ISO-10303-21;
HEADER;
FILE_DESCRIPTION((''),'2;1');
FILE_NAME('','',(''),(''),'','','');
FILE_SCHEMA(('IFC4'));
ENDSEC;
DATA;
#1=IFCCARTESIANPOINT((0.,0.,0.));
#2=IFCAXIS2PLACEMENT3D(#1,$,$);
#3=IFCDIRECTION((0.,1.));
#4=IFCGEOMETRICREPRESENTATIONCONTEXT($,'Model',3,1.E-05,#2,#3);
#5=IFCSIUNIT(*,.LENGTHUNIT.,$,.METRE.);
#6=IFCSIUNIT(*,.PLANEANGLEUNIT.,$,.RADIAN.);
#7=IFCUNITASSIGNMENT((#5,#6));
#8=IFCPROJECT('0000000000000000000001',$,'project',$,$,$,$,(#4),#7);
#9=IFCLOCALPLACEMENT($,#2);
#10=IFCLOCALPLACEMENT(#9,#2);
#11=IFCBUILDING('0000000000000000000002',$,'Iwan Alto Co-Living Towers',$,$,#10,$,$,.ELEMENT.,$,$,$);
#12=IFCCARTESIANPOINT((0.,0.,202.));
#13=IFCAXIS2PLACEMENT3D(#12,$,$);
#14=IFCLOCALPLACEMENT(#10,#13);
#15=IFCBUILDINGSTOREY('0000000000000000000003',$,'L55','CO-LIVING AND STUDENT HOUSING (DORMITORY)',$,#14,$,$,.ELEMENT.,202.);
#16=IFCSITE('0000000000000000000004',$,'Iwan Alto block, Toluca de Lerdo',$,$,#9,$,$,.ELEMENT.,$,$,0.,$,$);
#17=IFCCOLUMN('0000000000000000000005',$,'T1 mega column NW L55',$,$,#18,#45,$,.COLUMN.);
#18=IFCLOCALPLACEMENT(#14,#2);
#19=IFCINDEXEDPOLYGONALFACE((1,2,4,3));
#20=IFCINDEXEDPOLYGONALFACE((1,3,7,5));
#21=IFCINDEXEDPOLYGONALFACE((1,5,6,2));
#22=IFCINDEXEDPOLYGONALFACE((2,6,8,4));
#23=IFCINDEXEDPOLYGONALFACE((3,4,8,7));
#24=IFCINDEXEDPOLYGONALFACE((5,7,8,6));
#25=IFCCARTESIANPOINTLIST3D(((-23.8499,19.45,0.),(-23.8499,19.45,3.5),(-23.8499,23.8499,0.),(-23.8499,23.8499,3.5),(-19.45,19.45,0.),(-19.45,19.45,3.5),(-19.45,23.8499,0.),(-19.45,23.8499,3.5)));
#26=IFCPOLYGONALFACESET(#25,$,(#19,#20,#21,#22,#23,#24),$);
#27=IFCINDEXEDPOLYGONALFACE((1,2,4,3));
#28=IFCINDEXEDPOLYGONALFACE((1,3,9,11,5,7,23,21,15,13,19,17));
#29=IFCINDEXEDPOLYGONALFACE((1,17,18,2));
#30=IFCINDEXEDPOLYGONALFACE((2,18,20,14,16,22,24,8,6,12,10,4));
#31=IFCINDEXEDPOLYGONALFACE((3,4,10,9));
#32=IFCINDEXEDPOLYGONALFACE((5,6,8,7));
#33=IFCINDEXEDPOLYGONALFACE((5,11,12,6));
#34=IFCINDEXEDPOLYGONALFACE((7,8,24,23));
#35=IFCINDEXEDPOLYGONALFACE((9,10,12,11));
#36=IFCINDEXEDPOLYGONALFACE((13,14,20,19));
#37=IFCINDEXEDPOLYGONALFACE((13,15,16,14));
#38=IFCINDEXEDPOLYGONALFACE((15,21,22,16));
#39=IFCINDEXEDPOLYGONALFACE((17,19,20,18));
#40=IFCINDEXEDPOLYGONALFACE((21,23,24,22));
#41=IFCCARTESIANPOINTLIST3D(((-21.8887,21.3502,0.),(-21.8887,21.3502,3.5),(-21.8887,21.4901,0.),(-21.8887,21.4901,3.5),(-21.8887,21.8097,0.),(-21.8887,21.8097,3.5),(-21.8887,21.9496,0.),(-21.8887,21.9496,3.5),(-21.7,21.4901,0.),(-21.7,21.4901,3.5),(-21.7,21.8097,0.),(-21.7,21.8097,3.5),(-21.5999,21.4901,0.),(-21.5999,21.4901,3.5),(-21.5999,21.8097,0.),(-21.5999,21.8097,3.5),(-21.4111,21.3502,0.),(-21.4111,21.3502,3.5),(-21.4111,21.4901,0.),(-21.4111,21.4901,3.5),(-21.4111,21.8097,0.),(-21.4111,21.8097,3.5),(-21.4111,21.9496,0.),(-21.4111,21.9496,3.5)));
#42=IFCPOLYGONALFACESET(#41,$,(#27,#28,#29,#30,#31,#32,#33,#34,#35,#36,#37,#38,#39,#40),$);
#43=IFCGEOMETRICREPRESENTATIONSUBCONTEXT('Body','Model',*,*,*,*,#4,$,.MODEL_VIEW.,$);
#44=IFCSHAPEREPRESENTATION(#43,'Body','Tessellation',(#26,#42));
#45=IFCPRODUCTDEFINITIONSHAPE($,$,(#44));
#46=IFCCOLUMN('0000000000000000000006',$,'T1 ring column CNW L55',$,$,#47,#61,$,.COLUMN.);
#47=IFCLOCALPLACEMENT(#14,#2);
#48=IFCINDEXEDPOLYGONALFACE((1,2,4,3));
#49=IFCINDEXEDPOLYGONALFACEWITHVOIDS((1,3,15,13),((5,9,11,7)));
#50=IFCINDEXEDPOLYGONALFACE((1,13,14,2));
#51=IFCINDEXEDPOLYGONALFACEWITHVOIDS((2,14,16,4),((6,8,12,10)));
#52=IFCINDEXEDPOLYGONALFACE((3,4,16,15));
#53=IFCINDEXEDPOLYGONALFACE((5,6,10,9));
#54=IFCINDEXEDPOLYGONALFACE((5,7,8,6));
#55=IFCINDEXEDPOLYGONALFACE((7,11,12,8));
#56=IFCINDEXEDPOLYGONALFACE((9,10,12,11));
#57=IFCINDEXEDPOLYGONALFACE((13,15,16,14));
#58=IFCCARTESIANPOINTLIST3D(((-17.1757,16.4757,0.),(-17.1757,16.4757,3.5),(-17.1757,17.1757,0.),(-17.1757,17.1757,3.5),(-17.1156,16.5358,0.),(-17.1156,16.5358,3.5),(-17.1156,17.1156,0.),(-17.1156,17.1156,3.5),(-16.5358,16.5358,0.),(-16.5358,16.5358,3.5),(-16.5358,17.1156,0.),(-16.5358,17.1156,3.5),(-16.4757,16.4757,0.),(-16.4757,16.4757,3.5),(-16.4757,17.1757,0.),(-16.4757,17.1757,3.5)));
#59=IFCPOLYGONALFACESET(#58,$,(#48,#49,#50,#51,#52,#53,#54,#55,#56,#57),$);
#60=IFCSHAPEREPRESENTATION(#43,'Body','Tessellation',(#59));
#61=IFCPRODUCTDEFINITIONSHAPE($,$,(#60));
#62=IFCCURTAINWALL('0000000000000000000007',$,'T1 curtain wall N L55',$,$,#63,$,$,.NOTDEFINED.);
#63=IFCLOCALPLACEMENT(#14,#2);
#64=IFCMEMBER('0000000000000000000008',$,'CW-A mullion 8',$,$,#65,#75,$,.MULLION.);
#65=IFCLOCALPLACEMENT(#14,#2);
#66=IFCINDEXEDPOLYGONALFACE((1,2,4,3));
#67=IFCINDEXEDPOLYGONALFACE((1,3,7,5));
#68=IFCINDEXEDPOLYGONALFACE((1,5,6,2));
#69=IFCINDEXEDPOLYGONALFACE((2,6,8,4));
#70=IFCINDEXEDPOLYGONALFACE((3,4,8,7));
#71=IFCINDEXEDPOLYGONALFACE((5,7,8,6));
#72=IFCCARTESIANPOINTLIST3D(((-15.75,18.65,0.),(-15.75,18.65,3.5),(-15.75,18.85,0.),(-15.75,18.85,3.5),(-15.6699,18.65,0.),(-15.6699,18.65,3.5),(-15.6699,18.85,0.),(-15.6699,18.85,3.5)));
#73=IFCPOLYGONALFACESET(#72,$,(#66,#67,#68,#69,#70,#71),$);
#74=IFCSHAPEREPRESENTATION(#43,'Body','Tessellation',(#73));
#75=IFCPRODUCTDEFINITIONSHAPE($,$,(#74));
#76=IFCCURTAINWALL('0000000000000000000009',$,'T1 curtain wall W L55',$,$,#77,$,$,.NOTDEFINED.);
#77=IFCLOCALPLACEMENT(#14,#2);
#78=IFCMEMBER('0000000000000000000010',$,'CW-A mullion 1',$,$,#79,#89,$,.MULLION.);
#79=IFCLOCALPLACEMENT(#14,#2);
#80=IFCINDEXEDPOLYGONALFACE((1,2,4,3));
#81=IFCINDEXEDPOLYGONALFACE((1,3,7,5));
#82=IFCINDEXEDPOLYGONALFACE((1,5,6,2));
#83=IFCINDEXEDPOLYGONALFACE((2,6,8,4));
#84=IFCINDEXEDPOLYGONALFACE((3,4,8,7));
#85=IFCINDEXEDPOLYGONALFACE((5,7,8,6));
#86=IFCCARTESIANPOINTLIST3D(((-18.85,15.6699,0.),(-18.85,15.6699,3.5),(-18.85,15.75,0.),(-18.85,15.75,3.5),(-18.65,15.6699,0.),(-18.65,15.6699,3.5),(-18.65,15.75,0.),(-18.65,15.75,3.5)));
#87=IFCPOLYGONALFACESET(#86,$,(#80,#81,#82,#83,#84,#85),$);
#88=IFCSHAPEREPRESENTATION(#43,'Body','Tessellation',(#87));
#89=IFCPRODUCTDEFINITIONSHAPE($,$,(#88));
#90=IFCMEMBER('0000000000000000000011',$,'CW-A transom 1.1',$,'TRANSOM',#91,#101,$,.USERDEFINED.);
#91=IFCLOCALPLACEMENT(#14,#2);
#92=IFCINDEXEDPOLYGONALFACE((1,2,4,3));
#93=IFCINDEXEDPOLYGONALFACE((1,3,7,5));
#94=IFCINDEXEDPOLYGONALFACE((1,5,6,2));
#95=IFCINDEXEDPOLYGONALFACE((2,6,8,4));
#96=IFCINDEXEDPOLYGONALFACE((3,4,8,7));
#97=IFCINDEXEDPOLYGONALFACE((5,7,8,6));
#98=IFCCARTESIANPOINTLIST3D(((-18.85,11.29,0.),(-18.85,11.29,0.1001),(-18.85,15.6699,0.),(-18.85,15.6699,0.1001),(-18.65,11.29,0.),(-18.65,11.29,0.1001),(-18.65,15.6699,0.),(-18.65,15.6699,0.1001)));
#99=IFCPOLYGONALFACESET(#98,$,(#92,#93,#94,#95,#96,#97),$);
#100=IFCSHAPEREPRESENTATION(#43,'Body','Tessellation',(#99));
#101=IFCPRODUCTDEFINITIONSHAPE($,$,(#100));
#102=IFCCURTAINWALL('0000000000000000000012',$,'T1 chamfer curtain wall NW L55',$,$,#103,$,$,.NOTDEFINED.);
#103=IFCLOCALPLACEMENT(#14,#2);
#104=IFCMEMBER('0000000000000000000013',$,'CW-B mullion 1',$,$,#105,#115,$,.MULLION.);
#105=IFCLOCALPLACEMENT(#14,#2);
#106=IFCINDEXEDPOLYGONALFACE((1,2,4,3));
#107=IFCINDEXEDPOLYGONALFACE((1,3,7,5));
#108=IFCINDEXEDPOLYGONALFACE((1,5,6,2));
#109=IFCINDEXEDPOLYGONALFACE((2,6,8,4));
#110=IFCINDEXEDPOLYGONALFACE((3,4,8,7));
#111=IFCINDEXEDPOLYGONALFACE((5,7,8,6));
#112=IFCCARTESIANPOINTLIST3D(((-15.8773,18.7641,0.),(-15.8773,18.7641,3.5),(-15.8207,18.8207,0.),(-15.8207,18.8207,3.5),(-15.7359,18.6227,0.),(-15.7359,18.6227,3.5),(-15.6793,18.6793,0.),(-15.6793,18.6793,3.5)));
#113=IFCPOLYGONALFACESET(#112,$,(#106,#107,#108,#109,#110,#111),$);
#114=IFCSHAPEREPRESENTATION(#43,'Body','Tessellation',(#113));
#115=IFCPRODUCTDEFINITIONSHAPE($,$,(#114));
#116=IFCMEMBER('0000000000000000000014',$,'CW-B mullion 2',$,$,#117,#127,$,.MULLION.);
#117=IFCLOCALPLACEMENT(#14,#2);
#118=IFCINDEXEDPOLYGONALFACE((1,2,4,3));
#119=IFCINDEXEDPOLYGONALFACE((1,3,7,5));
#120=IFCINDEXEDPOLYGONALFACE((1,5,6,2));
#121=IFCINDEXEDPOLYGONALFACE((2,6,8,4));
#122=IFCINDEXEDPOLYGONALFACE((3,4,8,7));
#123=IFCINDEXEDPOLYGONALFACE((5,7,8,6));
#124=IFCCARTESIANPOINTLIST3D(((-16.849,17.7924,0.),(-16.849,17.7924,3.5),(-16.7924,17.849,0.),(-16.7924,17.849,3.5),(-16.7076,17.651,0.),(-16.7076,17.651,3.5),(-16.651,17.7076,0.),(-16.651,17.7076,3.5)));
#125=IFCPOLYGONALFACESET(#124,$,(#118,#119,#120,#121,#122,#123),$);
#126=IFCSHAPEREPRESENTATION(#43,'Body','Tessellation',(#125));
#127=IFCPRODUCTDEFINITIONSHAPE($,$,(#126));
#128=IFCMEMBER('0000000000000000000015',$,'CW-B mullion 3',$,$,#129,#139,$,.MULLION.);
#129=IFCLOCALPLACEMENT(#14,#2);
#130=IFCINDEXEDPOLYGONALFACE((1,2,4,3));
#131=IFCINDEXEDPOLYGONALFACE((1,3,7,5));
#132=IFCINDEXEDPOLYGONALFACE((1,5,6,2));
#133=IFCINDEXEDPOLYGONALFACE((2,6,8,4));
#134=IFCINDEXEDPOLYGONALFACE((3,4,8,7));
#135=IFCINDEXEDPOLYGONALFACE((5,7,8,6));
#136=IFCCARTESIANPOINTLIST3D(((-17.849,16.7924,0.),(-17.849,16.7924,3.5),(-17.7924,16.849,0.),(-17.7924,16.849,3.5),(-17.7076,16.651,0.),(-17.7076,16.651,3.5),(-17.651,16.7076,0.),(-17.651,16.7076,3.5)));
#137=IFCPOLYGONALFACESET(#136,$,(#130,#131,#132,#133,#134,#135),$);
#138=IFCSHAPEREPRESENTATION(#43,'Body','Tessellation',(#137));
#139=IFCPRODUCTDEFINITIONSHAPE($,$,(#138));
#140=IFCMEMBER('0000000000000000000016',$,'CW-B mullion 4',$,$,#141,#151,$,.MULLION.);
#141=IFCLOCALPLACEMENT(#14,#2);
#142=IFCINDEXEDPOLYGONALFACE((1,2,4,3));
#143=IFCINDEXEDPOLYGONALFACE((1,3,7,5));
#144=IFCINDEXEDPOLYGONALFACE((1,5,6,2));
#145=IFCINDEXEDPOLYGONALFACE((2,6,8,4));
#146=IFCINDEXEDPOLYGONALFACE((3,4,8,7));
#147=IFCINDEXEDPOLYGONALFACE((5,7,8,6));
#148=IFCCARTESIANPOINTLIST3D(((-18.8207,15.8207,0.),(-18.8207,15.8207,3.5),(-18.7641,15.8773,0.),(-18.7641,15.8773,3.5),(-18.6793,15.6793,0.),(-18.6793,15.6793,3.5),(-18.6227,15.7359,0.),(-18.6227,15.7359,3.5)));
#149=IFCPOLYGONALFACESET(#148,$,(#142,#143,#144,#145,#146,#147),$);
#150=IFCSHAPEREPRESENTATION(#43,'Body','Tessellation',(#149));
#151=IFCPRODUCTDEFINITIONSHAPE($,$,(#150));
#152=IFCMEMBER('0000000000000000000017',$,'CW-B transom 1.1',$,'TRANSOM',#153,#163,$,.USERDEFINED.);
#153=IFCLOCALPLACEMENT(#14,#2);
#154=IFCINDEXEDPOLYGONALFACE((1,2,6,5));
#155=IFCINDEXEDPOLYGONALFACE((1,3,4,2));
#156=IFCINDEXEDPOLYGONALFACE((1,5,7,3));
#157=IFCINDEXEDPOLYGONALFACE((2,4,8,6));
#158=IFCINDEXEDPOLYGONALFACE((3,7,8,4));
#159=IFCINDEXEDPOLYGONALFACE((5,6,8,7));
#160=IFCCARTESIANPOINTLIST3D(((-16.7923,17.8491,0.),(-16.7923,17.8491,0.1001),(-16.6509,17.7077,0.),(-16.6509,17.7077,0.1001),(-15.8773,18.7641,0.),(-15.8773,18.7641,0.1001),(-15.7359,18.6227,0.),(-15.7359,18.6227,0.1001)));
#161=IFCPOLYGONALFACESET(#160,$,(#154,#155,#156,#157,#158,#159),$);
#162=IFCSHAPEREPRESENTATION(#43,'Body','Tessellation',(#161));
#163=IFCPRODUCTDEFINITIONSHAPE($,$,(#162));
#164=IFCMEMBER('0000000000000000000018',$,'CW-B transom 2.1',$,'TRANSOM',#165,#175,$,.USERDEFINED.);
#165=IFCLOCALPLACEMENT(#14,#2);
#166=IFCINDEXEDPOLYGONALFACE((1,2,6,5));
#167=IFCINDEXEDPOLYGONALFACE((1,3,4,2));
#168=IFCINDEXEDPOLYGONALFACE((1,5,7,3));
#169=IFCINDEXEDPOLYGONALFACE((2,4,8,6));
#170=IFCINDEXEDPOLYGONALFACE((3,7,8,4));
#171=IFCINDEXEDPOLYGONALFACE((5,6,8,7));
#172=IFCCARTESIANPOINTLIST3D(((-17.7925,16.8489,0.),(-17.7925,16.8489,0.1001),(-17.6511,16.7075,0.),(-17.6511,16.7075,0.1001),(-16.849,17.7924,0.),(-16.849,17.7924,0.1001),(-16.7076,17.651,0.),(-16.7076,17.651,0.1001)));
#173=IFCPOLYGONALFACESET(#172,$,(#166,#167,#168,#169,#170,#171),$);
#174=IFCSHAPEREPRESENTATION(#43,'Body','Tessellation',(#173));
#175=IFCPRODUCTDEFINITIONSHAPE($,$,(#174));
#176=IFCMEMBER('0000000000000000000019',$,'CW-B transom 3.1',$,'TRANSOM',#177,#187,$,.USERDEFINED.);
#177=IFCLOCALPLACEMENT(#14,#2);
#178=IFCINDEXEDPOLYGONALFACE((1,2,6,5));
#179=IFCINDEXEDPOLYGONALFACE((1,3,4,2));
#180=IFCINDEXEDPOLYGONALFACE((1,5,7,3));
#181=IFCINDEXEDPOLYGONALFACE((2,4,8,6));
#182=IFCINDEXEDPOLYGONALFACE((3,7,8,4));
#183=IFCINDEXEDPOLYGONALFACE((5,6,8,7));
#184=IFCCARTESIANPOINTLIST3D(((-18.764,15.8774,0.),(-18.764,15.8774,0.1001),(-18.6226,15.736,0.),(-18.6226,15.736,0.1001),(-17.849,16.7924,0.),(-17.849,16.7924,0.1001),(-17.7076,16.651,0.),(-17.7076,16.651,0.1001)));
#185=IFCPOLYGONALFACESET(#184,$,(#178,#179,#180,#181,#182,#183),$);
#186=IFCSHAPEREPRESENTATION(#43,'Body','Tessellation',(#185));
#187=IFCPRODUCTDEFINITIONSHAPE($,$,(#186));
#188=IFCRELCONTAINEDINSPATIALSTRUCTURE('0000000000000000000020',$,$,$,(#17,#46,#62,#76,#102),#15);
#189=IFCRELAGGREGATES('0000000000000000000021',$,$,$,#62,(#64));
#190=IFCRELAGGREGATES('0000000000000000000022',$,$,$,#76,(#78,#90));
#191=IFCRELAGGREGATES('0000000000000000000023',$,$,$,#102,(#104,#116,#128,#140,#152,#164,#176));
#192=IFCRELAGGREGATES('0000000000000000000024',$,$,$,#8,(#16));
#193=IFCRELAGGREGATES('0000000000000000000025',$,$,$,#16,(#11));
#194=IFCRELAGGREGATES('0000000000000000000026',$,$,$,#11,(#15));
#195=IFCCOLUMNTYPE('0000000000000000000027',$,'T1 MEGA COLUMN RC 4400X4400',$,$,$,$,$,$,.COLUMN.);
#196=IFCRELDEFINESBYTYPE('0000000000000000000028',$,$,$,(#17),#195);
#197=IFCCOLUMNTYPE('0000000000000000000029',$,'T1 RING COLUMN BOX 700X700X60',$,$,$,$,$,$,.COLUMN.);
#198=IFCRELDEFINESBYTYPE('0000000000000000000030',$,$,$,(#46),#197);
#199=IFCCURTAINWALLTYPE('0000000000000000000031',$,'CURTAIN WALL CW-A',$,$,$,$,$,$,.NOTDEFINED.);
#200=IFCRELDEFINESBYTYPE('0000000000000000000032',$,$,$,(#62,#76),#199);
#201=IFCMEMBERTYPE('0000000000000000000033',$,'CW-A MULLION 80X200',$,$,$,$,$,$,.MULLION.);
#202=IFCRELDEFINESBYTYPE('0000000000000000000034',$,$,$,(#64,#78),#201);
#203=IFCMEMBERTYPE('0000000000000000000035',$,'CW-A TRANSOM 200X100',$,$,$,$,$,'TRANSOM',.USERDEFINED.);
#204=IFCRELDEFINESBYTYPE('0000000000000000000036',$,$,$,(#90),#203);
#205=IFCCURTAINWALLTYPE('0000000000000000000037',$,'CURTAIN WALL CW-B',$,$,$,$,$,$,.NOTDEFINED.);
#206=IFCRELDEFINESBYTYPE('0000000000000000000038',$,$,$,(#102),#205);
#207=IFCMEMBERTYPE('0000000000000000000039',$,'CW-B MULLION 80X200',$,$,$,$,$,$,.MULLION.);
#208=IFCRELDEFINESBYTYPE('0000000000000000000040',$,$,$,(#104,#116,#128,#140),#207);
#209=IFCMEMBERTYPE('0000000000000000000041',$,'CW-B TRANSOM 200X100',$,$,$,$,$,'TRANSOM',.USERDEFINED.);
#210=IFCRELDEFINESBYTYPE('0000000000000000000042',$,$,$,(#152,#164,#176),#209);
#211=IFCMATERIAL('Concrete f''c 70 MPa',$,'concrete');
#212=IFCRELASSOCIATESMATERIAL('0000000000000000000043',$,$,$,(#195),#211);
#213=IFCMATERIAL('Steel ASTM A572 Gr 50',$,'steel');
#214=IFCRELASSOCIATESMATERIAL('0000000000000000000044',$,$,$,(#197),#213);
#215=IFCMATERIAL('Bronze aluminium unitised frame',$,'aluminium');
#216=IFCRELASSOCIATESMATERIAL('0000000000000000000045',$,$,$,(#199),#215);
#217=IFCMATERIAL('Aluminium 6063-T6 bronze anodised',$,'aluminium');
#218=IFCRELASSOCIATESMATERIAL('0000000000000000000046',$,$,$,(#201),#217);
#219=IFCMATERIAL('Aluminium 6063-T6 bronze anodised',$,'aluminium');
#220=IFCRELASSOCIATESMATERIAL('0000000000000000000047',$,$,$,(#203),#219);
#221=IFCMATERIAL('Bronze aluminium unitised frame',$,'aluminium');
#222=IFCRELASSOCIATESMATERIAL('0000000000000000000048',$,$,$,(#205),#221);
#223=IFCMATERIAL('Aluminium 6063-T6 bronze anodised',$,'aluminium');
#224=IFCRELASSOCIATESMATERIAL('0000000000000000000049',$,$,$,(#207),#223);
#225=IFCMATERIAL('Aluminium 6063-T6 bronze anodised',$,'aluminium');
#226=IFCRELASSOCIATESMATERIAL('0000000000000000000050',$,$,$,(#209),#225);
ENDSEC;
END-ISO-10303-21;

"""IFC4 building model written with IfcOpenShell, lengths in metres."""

from ifc_helpers import new_model, si_unit, direction, frame, origin, origin_2d, place, context, subcontext, project, spatial, rectangle, hollow_rectangle, i_section, extrude, material, material_profile, profile_set, type_object, element, aggregate, save


model = new_model("IFC4")

# Units and contexts
model_context = context("Model", 3, precision=1e-05, world=origin(), true_north=direction((0.0, 1.0)))
body_context = subcontext(model_context, "Body", "Model", "MODEL_VIEW")
ifc_project = project(units=[si_unit("LENGTHUNIT", "METRE"), si_unit("PLANEANGLEUNIT", "RADIAN")], contexts=[model_context])

# Site, building, storey
site_placement = place(None, origin())
site = spatial("IfcSite", under=ifc_project, at=site_placement, Name="Iwan Alto block, Toluca de Lerdo", CompositionType="ELEMENT", RefElevation=0.0)
building_placement = place(site_placement, origin())
building = spatial("IfcBuilding", under=site, at=building_placement, Name="Iwan Alto Co-Living Towers", CompositionType="ELEMENT")
storey_placement = place(building_placement, frame((0.0, 0.0, 202.0)))
storey = spatial("IfcBuildingStorey", under=building, at=storey_placement, Name="L55", Description="CO-LIVING AND STUDENT HOUSING (DORMITORY)", CompositionType="ELEMENT", Elevation=202.0)

# Columns
ifc_material_1 = material(Name="Concrete f'c 70 MPa", Category="concrete")
ifc_material_profile_1 = material_profile(ifc_material_1, rectangle(XDim=4.3999, YDim=4.3999, at=origin_2d()), Name="RC 4400X4400")
ifc_profile_set_1 = profile_set([ifc_material_profile_1], Name="Concrete f'c 70 MPa")
column_type_1 = type_object("IfcColumnType", Name="T1 MEGA COLUMN RC 4400X4400", PredefinedType="COLUMN", material=ifc_profile_set_1)
column_1_placement = place(storey_placement, frame((-21.6499, 21.6499, 0.0), z_axis=(0.0, 0.0, 1.0), x_axis=(1.0, 0.0, 0.0)))
element("IfcColumn", 1, at=column_1_placement, inside=storey, type_object=column_type_1, Name="T1 mega column NW L55", PredefinedType="COLUMN", context=body_context, shape_type="SweptSolid", body=[
    extrude(rectangle(XDim=4.3999, YDim=4.3999, at=origin_2d()), origin(), (0.0, 0.0, 1.0), 3.5),
    extrude(i_section(OverallWidth=0.4775, OverallDepth=0.5994, WebThickness=0.1001, FlangeThickness=0.1399, at=origin_2d()), origin(), (0.0, 0.0, 1.0), 3.5),
])
ifc_material_2 = material(Name="Steel ASTM A572 Gr 50", Category="steel")
ifc_material_profile_2 = material_profile(ifc_material_2, hollow_rectangle(XDim=0.7, YDim=0.7, WallThickness=0.0601, at=origin_2d()), Name="BOX 700X700X60")
ifc_profile_set_2 = profile_set([ifc_material_profile_2], Name="Steel ASTM A572 Gr 50")
column_type_2 = type_object("IfcColumnType", Name="T1 RING COLUMN BOX 700X700X60", PredefinedType="COLUMN", material=ifc_profile_set_2)
column_2_placement = place(storey_placement, frame((-16.8257, 16.8257, 0.0), z_axis=(0.0, 0.0, 1.0), x_axis=(1.0, 0.0, 0.0)))
element("IfcColumn", 2, at=column_2_placement, inside=storey, type_object=column_type_2, Name="T1 ring column CNW L55", PredefinedType="COLUMN", context=body_context, shape_type="SweptSolid", body=[
    extrude(hollow_rectangle(XDim=0.7, YDim=0.7, WallThickness=0.0601, at=origin_2d()), origin(), (0.0, 0.0, 1.0), 3.5),
])

# Curtain wall, member
ifc_material_3 = material(Name="Bronze aluminium unitised frame", Category="aluminium")
curtain_wall_type_1 = type_object("IfcCurtainWallType", Name="CURTAIN WALL CW-A", PredefinedType="NOTDEFINED", material=ifc_material_3)
curtain_wall_1_placement = place(storey_placement, origin())
curtain_wall_1 = element("IfcCurtainWall", 3, at=curtain_wall_1_placement, inside=storey, type_object=curtain_wall_type_1, Name="T1 curtain wall N L55", PredefinedType="NOTDEFINED")
ifc_material_4 = material(Name="Aluminium 6063-T6 bronze anodised", Category="aluminium")
ifc_material_profile_3 = material_profile(ifc_material_4, rectangle(XDim=0.2, YDim=0.0801, at=origin_2d()), Name="AL 80X200")
ifc_profile_set_3 = profile_set([ifc_material_profile_3], Name="Aluminium 6063-T6 bronze anodised")
member_type_1 = type_object("IfcMemberType", Name="CW-A MULLION 80X200", PredefinedType="MULLION", material=ifc_profile_set_3)
member_1_placement = place(storey_placement, frame((-15.71, 18.75, 0.0), z_axis=(0.0, 0.0, 1.0), x_axis=(0.0, -1.0, 0.0)))
member_1 = element("IfcMember", 4, at=member_1_placement, type_object=member_type_1, Name="CW-A mullion 8", PredefinedType="MULLION", context=body_context, shape_type="SweptSolid", body=[
    extrude(rectangle(XDim=0.2, YDim=0.0801, at=origin_2d()), origin(), (0.0, 0.0, 1.0), 3.5),
])
aggregate(curtain_wall_1, [member_1])

# Curtain walls, members
curtain_wall_2_placement = place(storey_placement, origin())
curtain_wall_2 = element("IfcCurtainWall", 5, at=curtain_wall_2_placement, inside=storey, type_object=curtain_wall_type_1, Name="T1 curtain wall W L55", PredefinedType="NOTDEFINED")
member_2_placement = place(storey_placement, frame((-18.75, 15.71, 0.0), z_axis=(0.0, 0.0, 1.0), x_axis=(1.0, 0.0, 0.0)))
member_2 = element("IfcMember", 6, at=member_2_placement, type_object=member_type_1, Name="CW-A mullion 1", PredefinedType="MULLION", context=body_context, shape_type="SweptSolid", body=[
    extrude(rectangle(XDim=0.2, YDim=0.0801, at=origin_2d()), origin(), (0.0, 0.0, 1.0), 3.5),
])
ifc_material_5 = material(Name="Aluminium 6063-T6 bronze anodised", Category="aluminium")
ifc_material_profile_4 = material_profile(ifc_material_5, rectangle(XDim=0.2, YDim=0.1001, at=origin_2d()), Name="AL 200X100")
ifc_profile_set_4 = profile_set([ifc_material_profile_4], Name="Aluminium 6063-T6 bronze anodised")
member_type_2 = type_object("IfcMemberType", Name="CW-A TRANSOM 200X100", ElementType="TRANSOM", PredefinedType="USERDEFINED", material=ifc_profile_set_4)
member_3_placement = place(storey_placement, frame((-18.75, 15.6699, 0.05), z_axis=(0.0, -1.0, 0.0), x_axis=(1.0, 0.0, 0.0)))
member_3 = element("IfcMember", 7, at=member_3_placement, type_object=member_type_2, Name="CW-A transom 1.1", ObjectType="TRANSOM", PredefinedType="USERDEFINED", context=body_context, shape_type="SweptSolid", body=[
    extrude(rectangle(XDim=0.2, YDim=0.1001, at=origin_2d()), origin(), (0.0, 0.0, 1.0), 4.3799),
])
ifc_material_6 = material(Name="Bronze aluminium unitised frame", Category="aluminium")
curtain_wall_type_2 = type_object("IfcCurtainWallType", Name="CURTAIN WALL CW-B", PredefinedType="NOTDEFINED", material=ifc_material_6)
curtain_wall_3_placement = place(storey_placement, origin())
curtain_wall_3 = element("IfcCurtainWall", 8, at=curtain_wall_3_placement, inside=storey, type_object=curtain_wall_type_2, Name="T1 chamfer curtain wall NW L55", PredefinedType="NOTDEFINED")
ifc_material_7 = material(Name="Aluminium 6063-T6 bronze anodised", Category="aluminium")
ifc_material_profile_5 = material_profile(ifc_material_7, rectangle(XDim=0.2, YDim=0.0801, at=origin_2d()), Name="AL 80X200")
ifc_profile_set_5 = profile_set([ifc_material_profile_5], Name="Aluminium 6063-T6 bronze anodised")
member_type_3 = type_object("IfcMemberType", Name="CW-B MULLION 80X200", PredefinedType="MULLION", material=ifc_profile_set_5)
member_4_placement = place(storey_placement, frame((-15.7783, 18.7217, 0.0), z_axis=(0.0, 0.0, 1.0), x_axis=(0.707107, -0.707107, 0.0)))
member_4 = element("IfcMember", 9, at=member_4_placement, type_object=member_type_3, Name="CW-B mullion 1", PredefinedType="MULLION", context=body_context, shape_type="SweptSolid", body=[
    extrude(rectangle(XDim=0.2, YDim=0.0801, at=origin_2d()), origin(), (0.0, 0.0, 1.0), 3.5),
])
member_5_placement = place(storey_placement, frame((-16.75, 17.75, 0.0), z_axis=(0.0, 0.0, 1.0), x_axis=(0.707107, -0.707107, 0.0)))
member_5 = element("IfcMember", 10, at=member_5_placement, type_object=member_type_3, Name="CW-B mullion 2", PredefinedType="MULLION", context=body_context, shape_type="SweptSolid", body=[
    extrude(rectangle(XDim=0.2, YDim=0.0801, at=origin_2d()), origin(), (0.0, 0.0, 1.0), 3.5),
])
member_6_placement = place(storey_placement, frame((-17.75, 16.75, 0.0), z_axis=(0.0, 0.0, 1.0), x_axis=(0.707107, -0.707107, 0.0)))
member_6 = element("IfcMember", 11, at=member_6_placement, type_object=member_type_3, Name="CW-B mullion 3", PredefinedType="MULLION", context=body_context, shape_type="SweptSolid", body=[
    extrude(rectangle(XDim=0.2, YDim=0.0801, at=origin_2d()), origin(), (0.0, 0.0, 1.0), 3.5),
])
member_7_placement = place(storey_placement, frame((-18.7217, 15.7783, 0.0), z_axis=(0.0, 0.0, 1.0), x_axis=(0.707107, -0.707107, 0.0)))
member_7 = element("IfcMember", 12, at=member_7_placement, type_object=member_type_3, Name="CW-B mullion 4", PredefinedType="MULLION", context=body_context, shape_type="SweptSolid", body=[
    extrude(rectangle(XDim=0.2, YDim=0.0801, at=origin_2d()), origin(), (0.0, 0.0, 1.0), 3.5),
])
ifc_material_8 = material(Name="Aluminium 6063-T6 bronze anodised", Category="aluminium")
ifc_material_profile_6 = material_profile(ifc_material_8, rectangle(XDim=0.2, YDim=0.1001, at=origin_2d()), Name="AL 200X100")
ifc_profile_set_6 = profile_set([ifc_material_profile_6], Name="Aluminium 6063-T6 bronze anodised")
member_type_4 = type_object("IfcMemberType", Name="CW-B TRANSOM 200X100", ElementType="TRANSOM", PredefinedType="USERDEFINED", material=ifc_profile_set_6)
member_8_placement = place(storey_placement, frame((-15.8066, 18.6934, 0.05), z_axis=(-0.707107, -0.707107, 0.0), x_axis=(0.707107, -0.707107, 0.0)))
member_8 = element("IfcMember", 13, at=member_8_placement, type_object=member_type_4, Name="CW-B transom 1.1", ObjectType="TRANSOM", PredefinedType="USERDEFINED", context=body_context, shape_type="SweptSolid", body=[
    extrude(rectangle(XDim=0.2, YDim=0.1001, at=origin_2d()), origin(), (0.0, 0.0, 1.0), 1.2939),
])
member_9_placement = place(storey_placement, frame((-16.7783, 17.7217, 0.05), z_axis=(-0.707107, -0.707107, 0.0), x_axis=(0.707107, -0.707107, 0.0)))
member_9 = element("IfcMember", 14, at=member_9_placement, type_object=member_type_4, Name="CW-B transom 2.1", ObjectType="TRANSOM", PredefinedType="USERDEFINED", context=body_context, shape_type="SweptSolid", body=[
    extrude(rectangle(XDim=0.2, YDim=0.1001, at=origin_2d()), origin(), (0.0, 0.0, 1.0), 1.3342),
])
member_10_placement = place(storey_placement, frame((-17.7783, 16.7217, 0.05), z_axis=(-0.707107, -0.707107, 0.0), x_axis=(0.707107, -0.707107, 0.0)))
member_10 = element("IfcMember", 15, at=member_10_placement, type_object=member_type_4, Name="CW-B transom 3.1", ObjectType="TRANSOM", PredefinedType="USERDEFINED", context=body_context, shape_type="SweptSolid", body=[
    extrude(rectangle(XDim=0.2, YDim=0.1001, at=origin_2d()), origin(), (0.0, 0.0, 1.0), 1.2939),
])

aggregate(curtain_wall_2, [member_2, member_3])
aggregate(curtain_wall_3, [member_4, member_5, member_6, member_7, member_8, member_9, member_10])

save(model, "model.ifc")
